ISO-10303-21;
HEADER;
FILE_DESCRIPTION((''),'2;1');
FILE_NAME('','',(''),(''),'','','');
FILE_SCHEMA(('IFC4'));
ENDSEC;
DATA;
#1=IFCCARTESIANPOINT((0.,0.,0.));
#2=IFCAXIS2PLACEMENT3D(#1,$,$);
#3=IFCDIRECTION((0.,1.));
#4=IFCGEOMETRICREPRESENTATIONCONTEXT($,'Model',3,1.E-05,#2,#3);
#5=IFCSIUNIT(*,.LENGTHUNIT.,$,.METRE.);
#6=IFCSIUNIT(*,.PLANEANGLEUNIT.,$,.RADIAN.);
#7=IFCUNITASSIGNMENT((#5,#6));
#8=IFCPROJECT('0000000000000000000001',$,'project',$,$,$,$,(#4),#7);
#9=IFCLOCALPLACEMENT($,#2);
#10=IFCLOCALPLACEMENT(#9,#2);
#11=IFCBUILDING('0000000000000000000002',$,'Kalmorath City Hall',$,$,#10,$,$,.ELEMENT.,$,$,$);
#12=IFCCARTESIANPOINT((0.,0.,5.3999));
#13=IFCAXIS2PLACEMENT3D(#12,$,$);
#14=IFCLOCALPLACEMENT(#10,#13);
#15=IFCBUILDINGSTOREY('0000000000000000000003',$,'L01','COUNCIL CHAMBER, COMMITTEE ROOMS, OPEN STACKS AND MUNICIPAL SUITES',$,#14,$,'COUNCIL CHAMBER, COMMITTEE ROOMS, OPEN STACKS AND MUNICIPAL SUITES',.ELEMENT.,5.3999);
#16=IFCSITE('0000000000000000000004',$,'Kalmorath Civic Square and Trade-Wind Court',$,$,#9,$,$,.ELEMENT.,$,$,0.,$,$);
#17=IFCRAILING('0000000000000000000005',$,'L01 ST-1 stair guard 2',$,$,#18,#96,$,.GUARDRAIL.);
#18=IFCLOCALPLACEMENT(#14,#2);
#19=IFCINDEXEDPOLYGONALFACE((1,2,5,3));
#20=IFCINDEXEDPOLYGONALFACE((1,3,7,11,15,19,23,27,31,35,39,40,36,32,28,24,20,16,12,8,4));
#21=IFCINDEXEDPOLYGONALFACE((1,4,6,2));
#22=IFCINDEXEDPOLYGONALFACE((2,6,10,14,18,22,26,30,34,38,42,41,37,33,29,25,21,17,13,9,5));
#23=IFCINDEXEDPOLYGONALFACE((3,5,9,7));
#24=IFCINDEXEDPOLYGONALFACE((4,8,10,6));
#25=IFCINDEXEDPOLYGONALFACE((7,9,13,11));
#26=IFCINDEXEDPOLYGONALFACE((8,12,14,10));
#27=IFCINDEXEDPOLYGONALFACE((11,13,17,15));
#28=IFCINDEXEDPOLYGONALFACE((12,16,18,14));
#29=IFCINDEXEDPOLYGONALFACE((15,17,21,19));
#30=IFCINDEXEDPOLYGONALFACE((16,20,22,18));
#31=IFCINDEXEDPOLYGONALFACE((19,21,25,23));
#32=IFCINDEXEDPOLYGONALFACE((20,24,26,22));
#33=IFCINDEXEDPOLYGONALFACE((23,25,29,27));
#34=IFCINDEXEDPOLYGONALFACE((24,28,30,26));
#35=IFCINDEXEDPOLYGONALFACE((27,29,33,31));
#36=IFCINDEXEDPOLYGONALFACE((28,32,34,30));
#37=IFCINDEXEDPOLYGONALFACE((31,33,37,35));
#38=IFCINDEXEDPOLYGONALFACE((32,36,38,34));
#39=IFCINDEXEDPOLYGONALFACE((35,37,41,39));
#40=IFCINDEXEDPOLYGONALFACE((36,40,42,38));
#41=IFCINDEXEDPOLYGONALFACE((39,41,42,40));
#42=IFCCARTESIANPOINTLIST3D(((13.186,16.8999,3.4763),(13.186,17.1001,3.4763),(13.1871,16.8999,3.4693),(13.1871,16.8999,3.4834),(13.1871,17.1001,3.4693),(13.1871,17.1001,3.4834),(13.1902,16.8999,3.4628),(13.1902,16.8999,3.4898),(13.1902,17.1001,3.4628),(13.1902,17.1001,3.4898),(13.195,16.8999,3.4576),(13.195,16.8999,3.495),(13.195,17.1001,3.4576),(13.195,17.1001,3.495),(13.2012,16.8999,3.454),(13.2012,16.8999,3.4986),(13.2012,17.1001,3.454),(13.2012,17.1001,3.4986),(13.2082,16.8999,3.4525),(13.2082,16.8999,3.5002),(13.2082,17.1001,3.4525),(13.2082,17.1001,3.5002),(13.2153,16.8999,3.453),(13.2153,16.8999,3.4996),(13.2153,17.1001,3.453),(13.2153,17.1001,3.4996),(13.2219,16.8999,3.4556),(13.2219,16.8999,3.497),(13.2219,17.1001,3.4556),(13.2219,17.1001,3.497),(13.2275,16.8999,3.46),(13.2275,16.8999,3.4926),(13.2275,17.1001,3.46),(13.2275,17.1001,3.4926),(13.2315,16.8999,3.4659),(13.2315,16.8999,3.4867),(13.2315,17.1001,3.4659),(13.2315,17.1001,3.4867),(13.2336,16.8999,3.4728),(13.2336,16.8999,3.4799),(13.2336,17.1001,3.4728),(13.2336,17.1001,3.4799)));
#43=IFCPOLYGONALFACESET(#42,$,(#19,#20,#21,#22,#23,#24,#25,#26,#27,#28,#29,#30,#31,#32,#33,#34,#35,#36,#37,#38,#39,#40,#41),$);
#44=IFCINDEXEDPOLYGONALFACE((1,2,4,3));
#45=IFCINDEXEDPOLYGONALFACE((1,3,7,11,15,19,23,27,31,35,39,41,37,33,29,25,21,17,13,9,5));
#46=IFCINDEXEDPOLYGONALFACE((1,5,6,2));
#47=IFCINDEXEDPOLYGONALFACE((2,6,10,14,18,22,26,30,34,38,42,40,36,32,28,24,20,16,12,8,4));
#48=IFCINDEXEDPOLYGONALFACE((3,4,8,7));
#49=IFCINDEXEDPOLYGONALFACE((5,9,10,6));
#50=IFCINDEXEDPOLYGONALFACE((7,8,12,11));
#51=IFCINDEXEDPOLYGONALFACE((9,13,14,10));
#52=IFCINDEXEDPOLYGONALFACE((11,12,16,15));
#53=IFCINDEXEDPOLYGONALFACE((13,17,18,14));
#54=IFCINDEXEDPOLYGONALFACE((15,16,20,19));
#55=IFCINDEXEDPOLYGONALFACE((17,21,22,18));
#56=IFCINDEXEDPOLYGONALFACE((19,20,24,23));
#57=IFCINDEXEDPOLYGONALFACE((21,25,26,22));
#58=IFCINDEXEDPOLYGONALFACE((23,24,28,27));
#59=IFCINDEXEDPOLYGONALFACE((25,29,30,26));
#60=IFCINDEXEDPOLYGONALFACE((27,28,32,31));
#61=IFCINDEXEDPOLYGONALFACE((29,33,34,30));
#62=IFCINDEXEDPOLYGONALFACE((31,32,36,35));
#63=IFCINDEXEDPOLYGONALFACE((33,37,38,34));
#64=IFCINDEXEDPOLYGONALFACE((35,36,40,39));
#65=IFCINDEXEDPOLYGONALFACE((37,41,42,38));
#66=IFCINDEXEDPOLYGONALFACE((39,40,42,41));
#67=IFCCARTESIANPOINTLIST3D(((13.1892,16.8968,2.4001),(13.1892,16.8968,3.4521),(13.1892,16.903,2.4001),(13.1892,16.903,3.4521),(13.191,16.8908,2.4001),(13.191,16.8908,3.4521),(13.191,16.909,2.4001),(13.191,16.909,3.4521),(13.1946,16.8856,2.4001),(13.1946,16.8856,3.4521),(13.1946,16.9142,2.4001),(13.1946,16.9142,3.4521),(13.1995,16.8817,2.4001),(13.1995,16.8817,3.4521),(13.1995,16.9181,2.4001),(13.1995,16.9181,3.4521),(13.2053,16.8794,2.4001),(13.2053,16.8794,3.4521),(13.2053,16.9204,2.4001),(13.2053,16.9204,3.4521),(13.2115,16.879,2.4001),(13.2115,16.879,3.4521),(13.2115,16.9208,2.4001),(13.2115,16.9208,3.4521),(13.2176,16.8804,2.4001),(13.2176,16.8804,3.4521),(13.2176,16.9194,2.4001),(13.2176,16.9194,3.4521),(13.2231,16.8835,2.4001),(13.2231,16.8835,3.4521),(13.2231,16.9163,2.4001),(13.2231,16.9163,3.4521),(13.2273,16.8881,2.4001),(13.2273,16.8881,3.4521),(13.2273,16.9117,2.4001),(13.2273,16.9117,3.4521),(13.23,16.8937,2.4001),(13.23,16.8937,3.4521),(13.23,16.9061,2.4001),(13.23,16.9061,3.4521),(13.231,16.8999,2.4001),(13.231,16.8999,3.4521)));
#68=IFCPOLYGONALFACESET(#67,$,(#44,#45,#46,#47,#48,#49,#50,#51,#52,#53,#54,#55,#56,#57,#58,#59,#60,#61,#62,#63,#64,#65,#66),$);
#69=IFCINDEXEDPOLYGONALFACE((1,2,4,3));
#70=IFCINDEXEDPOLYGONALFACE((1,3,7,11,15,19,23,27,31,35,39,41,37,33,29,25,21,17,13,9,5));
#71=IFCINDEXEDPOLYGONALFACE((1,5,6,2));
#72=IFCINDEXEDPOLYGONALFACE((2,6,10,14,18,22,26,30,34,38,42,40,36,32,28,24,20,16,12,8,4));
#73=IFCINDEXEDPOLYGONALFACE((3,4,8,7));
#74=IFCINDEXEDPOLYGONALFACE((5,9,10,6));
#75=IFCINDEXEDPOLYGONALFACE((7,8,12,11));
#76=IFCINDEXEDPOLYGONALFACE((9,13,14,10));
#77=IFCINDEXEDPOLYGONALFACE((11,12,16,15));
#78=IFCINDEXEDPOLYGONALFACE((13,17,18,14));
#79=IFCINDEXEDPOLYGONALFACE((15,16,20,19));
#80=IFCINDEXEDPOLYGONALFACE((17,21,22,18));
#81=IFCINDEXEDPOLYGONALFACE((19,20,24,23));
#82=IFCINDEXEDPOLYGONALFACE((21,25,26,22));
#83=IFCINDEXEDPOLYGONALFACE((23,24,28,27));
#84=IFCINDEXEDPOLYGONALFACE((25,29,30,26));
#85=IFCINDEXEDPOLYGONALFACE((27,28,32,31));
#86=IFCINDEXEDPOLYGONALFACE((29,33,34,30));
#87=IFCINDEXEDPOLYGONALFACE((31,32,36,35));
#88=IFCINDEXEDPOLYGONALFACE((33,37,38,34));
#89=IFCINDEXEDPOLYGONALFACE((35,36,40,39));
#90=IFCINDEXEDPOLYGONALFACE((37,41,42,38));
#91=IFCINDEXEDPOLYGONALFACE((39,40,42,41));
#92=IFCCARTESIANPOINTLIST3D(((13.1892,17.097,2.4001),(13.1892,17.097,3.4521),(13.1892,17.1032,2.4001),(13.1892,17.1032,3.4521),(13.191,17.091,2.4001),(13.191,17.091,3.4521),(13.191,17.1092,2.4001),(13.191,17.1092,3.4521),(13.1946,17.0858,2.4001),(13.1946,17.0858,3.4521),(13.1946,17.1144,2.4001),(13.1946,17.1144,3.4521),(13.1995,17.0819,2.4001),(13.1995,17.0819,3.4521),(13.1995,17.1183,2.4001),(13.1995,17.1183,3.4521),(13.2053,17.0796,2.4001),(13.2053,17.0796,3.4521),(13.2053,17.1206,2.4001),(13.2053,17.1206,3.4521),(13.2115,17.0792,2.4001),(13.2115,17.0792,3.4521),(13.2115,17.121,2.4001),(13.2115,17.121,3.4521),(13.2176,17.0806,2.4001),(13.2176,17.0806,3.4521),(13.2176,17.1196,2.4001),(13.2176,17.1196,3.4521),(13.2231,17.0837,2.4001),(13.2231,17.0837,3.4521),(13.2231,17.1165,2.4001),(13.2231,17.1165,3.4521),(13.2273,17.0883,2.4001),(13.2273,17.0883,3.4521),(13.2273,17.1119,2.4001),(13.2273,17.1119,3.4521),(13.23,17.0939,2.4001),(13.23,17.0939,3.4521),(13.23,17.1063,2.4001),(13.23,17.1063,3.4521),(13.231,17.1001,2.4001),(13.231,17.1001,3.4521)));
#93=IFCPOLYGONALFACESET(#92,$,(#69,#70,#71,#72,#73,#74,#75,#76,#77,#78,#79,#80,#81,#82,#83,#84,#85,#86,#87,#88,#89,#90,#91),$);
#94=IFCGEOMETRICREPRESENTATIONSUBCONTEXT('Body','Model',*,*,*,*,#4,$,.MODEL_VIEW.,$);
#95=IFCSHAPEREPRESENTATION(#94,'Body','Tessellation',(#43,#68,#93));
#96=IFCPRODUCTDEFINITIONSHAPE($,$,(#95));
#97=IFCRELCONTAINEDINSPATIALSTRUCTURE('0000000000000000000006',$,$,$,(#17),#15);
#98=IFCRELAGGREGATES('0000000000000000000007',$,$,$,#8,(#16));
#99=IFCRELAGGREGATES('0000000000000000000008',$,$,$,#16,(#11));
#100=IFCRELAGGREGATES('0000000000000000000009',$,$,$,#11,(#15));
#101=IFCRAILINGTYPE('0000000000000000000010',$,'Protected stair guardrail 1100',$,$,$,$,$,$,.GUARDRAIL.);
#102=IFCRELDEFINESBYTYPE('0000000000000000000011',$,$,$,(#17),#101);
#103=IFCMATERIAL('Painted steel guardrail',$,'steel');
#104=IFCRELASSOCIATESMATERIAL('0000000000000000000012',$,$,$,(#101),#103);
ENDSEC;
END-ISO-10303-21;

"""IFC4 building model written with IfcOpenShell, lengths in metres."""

from ifc_helpers import new_model, si_unit, direction, frame, origin, origin_2d, place, context, subcontext, project, spatial, circle, extrude, material, type_object, element, save


model = new_model("IFC4")

# Units and contexts
model_context = context("Model", 3, precision=1e-05, world=origin(), true_north=direction((0.0, 1.0)))
body_context = subcontext(model_context, "Body", "Model", "MODEL_VIEW")
ifc_project = project(units=[si_unit("LENGTHUNIT", "METRE"), si_unit("PLANEANGLEUNIT", "RADIAN")], contexts=[model_context])

# Site, building, storey
site_placement = place(None, origin())
site = spatial("IfcSite", under=ifc_project, at=site_placement, Name="Kalmorath Civic Square and Trade-Wind Court", CompositionType="ELEMENT", RefElevation=0.0)
building_placement = place(site_placement, origin())
building = spatial("IfcBuilding", under=site, at=building_placement, Name="Kalmorath City Hall", CompositionType="ELEMENT")
storey_placement = place(building_placement, frame((0.0, 0.0, 5.3999)))
storey = spatial("IfcBuildingStorey", under=building, at=storey_placement, Name="L01", Description="COUNCIL CHAMBER, COMMITTEE ROOMS, OPEN STACKS AND MUNICIPAL SUITES", LongName="COUNCIL CHAMBER, COMMITTEE ROOMS, OPEN STACKS AND MUNICIPAL SUITES", CompositionType="ELEMENT", Elevation=5.3999)

# Railing
ifc_material_1 = material(Name="Painted steel guardrail", Category="steel")
railing_type_1 = type_object("IfcRailingType", Name="Protected stair guardrail 1100", PredefinedType="GUARDRAIL", material=ifc_material_1)
railing_1_placement = place(storey_placement, frame((13.21, 16.8999, 2.4001)))
element("IfcRailing", 1, at=railing_1_placement, inside=storey, type_object=railing_type_1, Name="L01 ST-1 stair guard 2", PredefinedType="GUARDRAIL", context=body_context, shape_type="SweptSolid", body=[
    extrude(circle(Radius=0.0239, at=origin_2d()), frame((0.0, 0.0, 1.0762), z_axis=(0.0, 1.0, 0.0), x_axis=(-1.0, 0.0, 0.0)), (0.0, 0.0, 1.0), 0.2002),
    extrude(circle(Radius=0.021, at=origin_2d()), origin(), (0.0, 0.0, 1.0), 1.052),
    extrude(circle(Radius=0.021, at=origin_2d()), frame((0.0, 0.2002, 0.0)), (0.0, 0.0, 1.0), 1.052),
])

save(model, "model.ifc")
